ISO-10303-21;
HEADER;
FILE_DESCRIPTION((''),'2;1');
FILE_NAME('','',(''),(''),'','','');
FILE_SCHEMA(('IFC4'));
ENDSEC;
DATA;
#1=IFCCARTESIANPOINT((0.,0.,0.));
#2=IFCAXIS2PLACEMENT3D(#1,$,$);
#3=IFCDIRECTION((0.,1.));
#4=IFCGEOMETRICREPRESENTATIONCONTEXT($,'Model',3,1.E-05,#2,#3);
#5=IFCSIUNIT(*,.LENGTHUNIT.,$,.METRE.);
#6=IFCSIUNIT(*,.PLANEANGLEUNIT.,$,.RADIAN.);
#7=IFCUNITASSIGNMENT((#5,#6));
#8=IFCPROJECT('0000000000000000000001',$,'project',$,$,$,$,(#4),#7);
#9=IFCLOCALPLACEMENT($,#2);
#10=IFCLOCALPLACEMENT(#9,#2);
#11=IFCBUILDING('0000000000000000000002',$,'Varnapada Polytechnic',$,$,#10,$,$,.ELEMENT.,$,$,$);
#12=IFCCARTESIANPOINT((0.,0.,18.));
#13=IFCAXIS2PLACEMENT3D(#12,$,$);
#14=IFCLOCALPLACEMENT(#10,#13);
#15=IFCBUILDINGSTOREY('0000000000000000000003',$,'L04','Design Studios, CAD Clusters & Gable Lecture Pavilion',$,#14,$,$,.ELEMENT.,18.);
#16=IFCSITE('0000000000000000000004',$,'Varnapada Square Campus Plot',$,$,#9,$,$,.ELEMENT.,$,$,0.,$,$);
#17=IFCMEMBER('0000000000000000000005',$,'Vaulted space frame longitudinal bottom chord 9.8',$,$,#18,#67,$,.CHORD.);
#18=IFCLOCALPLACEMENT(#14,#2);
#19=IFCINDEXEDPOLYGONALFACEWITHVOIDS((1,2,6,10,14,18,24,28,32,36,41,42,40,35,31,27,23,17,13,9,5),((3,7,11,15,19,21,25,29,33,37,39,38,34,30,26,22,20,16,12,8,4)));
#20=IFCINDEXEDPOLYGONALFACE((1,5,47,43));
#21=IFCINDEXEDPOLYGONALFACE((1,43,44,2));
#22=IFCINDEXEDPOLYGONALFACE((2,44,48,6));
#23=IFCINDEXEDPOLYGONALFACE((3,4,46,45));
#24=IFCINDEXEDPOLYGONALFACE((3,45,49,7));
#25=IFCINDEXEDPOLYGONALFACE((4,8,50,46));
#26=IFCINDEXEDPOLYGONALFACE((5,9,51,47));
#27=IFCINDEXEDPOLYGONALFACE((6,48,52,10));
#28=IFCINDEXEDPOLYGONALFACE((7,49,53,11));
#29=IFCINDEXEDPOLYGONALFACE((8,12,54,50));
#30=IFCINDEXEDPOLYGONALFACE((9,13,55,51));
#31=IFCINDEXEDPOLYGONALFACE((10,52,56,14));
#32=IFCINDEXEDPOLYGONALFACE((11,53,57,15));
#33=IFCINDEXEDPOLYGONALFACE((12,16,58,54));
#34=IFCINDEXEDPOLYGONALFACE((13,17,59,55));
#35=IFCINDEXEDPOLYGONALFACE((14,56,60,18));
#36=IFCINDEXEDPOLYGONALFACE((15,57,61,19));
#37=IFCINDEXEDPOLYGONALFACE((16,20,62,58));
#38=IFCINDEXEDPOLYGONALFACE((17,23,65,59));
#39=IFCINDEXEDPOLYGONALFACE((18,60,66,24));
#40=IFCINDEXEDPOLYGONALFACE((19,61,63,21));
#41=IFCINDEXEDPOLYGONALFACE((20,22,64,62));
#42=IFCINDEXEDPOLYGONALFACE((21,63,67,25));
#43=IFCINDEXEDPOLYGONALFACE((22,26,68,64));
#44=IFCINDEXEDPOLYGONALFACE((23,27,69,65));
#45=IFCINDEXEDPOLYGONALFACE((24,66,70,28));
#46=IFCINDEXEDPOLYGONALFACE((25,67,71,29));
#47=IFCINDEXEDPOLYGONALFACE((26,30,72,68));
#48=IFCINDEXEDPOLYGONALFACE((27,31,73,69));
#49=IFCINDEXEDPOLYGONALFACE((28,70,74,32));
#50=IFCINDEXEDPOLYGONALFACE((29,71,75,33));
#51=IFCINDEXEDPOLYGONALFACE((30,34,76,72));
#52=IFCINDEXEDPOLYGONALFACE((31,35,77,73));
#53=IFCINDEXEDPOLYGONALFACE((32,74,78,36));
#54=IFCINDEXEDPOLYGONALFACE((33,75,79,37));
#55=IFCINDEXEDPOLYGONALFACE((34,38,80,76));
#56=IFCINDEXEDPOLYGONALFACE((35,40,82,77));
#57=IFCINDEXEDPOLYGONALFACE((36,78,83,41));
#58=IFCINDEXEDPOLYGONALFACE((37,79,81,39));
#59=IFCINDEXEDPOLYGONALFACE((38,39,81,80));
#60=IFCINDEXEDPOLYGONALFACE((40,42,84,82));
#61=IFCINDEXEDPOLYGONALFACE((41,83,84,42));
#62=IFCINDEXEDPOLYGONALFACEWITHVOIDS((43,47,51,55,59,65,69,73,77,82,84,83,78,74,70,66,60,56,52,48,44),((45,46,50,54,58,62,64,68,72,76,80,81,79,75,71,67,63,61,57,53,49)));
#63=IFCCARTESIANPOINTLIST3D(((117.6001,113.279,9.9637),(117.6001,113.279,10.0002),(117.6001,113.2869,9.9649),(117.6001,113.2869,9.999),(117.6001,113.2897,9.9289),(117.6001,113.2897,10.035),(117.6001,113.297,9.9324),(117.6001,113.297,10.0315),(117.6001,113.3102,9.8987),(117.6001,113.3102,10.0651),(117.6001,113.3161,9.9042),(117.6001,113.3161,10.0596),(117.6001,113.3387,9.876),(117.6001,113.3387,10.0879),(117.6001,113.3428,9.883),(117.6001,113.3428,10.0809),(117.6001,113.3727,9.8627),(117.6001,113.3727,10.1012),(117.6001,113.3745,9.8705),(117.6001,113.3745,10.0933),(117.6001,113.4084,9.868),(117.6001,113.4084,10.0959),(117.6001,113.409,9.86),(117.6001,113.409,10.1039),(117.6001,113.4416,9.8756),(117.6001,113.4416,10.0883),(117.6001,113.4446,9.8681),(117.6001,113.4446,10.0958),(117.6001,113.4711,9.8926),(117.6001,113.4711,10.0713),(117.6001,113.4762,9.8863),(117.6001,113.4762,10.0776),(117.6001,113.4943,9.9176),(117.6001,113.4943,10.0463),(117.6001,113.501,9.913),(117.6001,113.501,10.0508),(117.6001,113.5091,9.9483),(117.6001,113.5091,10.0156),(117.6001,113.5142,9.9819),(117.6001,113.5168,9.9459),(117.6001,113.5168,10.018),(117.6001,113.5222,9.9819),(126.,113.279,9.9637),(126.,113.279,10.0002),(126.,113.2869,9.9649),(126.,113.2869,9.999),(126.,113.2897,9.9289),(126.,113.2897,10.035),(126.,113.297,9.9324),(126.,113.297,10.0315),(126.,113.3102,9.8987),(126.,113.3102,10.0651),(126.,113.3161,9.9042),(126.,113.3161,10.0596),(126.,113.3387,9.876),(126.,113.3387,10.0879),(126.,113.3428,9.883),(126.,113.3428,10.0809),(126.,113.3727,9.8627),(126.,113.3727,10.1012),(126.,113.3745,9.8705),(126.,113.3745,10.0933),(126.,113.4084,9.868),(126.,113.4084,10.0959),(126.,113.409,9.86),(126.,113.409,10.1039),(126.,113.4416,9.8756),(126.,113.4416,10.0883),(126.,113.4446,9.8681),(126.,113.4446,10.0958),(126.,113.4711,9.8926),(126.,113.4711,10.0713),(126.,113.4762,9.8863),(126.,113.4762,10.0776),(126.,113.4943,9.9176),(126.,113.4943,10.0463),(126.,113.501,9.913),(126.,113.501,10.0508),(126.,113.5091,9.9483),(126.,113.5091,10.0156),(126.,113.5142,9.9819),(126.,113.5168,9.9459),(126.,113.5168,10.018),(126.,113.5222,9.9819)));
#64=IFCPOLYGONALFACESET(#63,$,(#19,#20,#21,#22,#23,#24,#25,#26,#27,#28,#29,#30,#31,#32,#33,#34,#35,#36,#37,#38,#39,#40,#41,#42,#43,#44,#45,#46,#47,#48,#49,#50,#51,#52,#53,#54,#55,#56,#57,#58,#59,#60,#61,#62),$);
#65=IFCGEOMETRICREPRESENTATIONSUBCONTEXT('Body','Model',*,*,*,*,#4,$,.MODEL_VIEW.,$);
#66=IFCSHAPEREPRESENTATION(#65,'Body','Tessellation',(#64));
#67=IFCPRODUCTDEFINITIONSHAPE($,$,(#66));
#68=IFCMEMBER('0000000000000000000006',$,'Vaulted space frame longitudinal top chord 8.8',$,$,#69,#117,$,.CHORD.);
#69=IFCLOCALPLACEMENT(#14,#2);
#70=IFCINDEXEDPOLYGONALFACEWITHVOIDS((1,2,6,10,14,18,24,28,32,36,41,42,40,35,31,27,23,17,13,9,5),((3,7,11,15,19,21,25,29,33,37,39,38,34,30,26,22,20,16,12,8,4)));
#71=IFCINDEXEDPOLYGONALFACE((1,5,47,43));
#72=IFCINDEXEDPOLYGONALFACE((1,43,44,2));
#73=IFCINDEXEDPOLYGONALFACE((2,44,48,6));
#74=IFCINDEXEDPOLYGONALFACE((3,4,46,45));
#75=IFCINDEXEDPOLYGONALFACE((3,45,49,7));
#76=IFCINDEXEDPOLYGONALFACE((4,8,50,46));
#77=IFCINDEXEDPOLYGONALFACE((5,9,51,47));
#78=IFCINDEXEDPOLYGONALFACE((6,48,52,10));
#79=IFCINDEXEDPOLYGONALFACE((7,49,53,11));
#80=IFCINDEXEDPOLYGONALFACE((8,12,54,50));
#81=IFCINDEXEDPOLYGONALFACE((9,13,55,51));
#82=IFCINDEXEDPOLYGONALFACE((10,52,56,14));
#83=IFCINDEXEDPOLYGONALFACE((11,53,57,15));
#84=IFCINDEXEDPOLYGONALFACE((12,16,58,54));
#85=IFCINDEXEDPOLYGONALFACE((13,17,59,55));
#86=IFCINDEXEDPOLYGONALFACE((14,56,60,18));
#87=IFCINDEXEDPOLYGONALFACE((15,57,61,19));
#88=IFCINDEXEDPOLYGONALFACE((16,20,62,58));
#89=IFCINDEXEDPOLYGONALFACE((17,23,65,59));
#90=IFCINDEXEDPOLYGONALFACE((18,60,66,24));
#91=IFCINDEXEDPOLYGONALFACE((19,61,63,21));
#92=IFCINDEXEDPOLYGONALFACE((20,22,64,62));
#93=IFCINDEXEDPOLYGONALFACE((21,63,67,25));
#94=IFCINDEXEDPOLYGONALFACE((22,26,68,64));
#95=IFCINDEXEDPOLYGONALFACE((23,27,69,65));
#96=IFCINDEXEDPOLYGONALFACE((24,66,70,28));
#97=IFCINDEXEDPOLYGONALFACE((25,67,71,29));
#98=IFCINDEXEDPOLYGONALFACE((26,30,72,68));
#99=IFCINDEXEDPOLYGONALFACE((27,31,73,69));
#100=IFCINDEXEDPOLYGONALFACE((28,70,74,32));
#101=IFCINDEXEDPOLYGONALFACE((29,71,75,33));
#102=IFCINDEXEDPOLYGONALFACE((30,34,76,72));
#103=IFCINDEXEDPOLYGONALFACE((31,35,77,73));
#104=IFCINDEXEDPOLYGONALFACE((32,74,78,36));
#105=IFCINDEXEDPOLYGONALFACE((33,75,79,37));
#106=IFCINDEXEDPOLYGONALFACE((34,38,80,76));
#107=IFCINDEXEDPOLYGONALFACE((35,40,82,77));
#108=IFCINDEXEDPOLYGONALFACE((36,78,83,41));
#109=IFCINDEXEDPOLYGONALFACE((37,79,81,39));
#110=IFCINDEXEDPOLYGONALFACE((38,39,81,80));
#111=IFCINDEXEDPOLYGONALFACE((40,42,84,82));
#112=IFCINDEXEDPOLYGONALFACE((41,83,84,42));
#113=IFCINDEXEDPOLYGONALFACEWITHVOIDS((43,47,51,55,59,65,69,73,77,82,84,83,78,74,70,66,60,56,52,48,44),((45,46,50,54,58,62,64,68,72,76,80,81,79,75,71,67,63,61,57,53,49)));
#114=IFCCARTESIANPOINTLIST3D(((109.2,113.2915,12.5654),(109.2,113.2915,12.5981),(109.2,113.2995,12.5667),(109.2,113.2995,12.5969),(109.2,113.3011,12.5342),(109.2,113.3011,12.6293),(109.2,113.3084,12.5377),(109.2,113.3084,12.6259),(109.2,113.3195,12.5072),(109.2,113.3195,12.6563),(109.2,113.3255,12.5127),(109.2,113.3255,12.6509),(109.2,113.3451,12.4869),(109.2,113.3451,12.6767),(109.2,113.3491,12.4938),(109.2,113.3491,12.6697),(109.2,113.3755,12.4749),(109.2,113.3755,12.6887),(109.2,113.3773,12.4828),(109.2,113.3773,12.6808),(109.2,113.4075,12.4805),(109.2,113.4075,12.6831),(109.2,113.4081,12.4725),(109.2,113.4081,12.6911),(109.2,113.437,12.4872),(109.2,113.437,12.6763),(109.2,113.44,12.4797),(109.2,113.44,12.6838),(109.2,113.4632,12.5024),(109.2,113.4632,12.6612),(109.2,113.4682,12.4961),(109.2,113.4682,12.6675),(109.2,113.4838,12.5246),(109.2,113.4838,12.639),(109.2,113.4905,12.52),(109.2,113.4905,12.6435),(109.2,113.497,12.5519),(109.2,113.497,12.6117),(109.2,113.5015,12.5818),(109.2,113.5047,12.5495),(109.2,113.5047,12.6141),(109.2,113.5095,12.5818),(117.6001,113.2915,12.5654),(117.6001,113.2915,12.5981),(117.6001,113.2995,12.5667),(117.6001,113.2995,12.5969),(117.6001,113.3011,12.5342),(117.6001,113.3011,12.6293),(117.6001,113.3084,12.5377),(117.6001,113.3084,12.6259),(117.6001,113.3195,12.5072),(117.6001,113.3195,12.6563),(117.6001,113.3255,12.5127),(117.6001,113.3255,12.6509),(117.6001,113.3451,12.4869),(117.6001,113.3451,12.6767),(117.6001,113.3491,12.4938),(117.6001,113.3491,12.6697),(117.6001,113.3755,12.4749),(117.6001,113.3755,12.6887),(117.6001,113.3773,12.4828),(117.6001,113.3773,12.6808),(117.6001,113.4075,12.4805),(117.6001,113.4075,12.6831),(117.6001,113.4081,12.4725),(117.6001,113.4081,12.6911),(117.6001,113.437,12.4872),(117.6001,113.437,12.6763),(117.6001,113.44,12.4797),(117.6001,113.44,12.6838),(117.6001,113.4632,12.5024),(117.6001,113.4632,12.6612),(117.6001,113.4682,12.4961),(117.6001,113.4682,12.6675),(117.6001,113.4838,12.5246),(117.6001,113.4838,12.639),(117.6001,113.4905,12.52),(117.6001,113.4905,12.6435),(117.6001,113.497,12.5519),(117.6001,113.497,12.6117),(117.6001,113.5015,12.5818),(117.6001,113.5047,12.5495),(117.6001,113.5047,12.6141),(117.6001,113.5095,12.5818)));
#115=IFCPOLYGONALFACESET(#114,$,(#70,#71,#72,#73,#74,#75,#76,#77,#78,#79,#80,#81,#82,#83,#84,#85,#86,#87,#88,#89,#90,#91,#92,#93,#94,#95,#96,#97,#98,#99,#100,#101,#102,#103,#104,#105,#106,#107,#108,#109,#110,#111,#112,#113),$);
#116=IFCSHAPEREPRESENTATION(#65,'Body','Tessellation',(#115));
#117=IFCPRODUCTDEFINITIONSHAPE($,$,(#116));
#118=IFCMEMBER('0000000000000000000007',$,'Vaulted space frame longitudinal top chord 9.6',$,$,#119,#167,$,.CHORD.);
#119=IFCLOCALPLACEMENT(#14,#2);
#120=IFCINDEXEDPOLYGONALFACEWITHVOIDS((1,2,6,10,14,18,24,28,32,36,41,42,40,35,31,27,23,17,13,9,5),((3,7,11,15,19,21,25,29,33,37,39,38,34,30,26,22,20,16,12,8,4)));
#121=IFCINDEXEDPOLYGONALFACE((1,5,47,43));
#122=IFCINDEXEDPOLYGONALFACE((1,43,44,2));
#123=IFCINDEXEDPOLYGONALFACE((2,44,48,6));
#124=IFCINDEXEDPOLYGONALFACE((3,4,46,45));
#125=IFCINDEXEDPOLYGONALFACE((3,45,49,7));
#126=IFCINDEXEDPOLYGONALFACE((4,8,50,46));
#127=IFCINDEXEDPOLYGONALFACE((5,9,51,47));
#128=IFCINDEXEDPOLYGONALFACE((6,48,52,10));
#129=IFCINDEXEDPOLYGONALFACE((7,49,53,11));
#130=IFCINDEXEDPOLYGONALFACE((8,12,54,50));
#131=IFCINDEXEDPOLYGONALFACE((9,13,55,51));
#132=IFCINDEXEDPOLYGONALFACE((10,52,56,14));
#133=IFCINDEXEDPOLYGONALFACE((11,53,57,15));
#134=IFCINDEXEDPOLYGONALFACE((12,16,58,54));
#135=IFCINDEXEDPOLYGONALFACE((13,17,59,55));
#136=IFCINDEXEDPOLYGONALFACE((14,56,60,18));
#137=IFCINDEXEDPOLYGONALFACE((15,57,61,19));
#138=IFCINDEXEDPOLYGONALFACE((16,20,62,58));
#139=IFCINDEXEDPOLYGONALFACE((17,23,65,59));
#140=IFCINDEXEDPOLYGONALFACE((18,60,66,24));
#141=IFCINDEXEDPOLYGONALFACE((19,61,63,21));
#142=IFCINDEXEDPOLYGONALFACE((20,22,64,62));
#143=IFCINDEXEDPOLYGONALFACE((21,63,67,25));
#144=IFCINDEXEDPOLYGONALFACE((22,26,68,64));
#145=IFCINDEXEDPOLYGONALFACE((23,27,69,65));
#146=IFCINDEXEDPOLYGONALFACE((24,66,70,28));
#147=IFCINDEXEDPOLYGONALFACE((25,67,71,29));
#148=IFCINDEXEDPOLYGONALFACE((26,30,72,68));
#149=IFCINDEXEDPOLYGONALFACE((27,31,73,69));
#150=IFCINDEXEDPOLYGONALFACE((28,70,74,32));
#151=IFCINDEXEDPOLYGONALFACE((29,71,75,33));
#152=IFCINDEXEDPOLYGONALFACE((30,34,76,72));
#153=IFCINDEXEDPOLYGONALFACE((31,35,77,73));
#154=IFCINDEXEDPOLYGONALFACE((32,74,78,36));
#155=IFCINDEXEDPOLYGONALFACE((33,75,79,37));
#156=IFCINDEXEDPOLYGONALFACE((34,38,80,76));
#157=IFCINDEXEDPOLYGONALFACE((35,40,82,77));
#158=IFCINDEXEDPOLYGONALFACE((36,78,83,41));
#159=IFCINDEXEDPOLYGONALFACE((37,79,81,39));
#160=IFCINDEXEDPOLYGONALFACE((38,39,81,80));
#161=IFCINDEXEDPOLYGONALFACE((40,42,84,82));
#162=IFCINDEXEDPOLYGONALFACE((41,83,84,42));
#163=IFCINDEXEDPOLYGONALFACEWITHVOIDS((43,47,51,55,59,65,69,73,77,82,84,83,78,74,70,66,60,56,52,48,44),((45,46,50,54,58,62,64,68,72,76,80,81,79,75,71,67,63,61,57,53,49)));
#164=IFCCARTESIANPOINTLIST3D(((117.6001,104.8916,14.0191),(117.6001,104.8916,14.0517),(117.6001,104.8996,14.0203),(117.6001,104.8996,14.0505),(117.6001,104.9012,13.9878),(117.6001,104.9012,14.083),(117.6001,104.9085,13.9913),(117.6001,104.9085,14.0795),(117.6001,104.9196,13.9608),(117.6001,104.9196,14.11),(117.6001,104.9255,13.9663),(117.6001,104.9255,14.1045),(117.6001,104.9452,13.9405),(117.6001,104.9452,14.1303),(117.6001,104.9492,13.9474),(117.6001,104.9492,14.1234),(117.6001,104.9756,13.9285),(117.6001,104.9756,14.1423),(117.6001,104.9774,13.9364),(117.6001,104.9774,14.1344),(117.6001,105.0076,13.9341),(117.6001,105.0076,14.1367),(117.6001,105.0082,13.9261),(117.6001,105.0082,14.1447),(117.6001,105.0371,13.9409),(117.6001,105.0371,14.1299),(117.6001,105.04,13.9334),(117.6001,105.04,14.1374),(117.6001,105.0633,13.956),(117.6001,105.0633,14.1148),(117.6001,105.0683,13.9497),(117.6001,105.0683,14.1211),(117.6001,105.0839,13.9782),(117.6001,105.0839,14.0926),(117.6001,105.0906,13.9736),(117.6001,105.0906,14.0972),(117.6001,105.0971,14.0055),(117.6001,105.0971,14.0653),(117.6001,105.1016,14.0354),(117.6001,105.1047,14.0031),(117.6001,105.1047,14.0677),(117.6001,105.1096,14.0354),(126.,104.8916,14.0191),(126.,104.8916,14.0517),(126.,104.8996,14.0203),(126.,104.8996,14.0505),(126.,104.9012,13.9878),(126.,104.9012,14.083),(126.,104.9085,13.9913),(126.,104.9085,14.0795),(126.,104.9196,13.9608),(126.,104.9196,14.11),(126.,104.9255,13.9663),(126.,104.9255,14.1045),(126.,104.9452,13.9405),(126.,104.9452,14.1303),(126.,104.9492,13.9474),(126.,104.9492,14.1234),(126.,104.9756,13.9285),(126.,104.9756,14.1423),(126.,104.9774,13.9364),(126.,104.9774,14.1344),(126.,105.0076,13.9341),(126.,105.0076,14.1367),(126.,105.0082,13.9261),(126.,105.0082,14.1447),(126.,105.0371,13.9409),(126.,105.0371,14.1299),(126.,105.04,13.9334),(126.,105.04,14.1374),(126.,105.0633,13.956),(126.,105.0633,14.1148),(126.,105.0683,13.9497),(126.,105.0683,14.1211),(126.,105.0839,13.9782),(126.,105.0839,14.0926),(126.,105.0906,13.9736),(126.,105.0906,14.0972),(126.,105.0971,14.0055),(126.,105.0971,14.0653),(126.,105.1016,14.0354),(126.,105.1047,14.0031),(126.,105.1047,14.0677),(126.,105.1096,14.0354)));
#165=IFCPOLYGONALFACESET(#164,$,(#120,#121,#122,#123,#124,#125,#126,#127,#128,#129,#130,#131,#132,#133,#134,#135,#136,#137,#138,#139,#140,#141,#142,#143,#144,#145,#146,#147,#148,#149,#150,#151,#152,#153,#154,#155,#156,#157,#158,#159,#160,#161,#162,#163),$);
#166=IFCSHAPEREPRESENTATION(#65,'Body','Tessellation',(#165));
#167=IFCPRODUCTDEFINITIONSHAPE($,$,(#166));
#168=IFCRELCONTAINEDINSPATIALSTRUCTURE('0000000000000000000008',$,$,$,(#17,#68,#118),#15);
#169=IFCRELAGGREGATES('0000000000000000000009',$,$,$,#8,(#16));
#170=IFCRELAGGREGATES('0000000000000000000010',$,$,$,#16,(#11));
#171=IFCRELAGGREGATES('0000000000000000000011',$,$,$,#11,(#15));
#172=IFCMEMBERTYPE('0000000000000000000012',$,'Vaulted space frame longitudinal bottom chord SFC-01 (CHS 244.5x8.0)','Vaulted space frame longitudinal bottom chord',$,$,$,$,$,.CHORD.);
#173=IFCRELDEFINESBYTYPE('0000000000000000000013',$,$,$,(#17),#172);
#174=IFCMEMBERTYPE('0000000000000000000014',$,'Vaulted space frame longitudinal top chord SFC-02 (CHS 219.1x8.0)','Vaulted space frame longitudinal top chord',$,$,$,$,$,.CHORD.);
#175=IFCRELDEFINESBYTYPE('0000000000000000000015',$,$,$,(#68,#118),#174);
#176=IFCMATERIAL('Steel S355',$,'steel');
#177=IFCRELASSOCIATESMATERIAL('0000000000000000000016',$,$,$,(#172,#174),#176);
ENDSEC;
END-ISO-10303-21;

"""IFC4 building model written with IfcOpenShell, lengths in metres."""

from ifc_helpers import new_model, si_unit, direction, frame, origin, origin_2d, place, context, subcontext, project, spatial, hollow_circle, extrude, material, material_profile, profile_set, type_object, element, save


model = new_model("IFC4")

# Units and contexts
model_context = context("Model", 3, precision=1e-05, world=origin(), true_north=direction((0.0, 1.0)))
body_context = subcontext(model_context, "Body", "Model", "MODEL_VIEW")
ifc_project = project(units=[si_unit("LENGTHUNIT", "METRE"), si_unit("PLANEANGLEUNIT", "RADIAN")], contexts=[model_context])

# Site, building, storey
site_placement = place(None, origin())
site = spatial("IfcSite", under=ifc_project, at=site_placement, Name="Varnapada Square Campus Plot", CompositionType="ELEMENT", RefElevation=0.0)
building_placement = place(site_placement, origin())
building = spatial("IfcBuilding", under=site, at=building_placement, Name="Varnapada Polytechnic", CompositionType="ELEMENT")
storey_placement = place(building_placement, frame((0.0, 0.0, 18.0)))
storey = spatial("IfcBuildingStorey", under=building, at=storey_placement, Name="L04", Description="Design Studios, CAD Clusters & Gable Lecture Pavilion", CompositionType="ELEMENT", Elevation=18.0)

# Members
ifc_material = material(Name="Steel S355", Category="steel")
ifc_material_profile_1 = material_profile(ifc_material, hollow_circle(Radius=0.1223, WallThickness=0.0081, at=origin_2d()), Name="CHS 244.5x8.0")
ifc_profile_set_1 = profile_set([ifc_material_profile_1], Name="Steel S355")
member_type_1 = type_object("IfcMemberType", Name="Vaulted space frame longitudinal bottom chord SFC-01 (CHS 244.5x8.0)", Description="Vaulted space frame longitudinal bottom chord", PredefinedType="CHORD", material=ifc_profile_set_1)
for number, where, z_axis, x_axis, name in (
    (1, (117.6001, 113.3999, 9.9819), (1.0, 0.0, 0.0), (0.0, 1.0, 0.0), "Vaulted space frame longitudinal bottom chord 9.8"),
):
    element("IfcMember", number, at=place(storey_placement, frame(where, z_axis=z_axis, x_axis=x_axis)), inside=storey, type_object=member_type_1, Name=name, PredefinedType="CHORD", context=body_context, shape_type="SweptSolid", body=[
        extrude(hollow_circle(Radius=0.1223, WallThickness=0.0081, at=origin_2d()), origin(), (0.0, 0.0, 1.0), 8.3999),
    ])
ifc_material_profile_2 = material_profile(ifc_material, hollow_circle(Radius=0.1096, WallThickness=0.0081, at=origin_2d()), Name="CHS 219.1x8.0")
ifc_profile_set_2 = profile_set([ifc_material_profile_2], Name="Steel S355")
member_type_2 = type_object("IfcMemberType", Name="Vaulted space frame longitudinal top chord SFC-02 (CHS 219.1x8.0)", Description="Vaulted space frame longitudinal top chord", PredefinedType="CHORD", material=ifc_profile_set_2)
member_1_placement = place(storey_placement, frame((109.2, 113.3999, 12.5818), z_axis=(1.0, 0.0, 0.0), x_axis=(0.0, 1.0, 0.0)))
element("IfcMember", 2, at=member_1_placement, inside=storey, type_object=member_type_2, Name="Vaulted space frame longitudinal top chord 8.8", PredefinedType="CHORD", context=body_context, shape_type="SweptSolid", body=[
    extrude(hollow_circle(Radius=0.1096, WallThickness=0.0081, at=origin_2d()), origin(), (0.0, 0.0, 1.0), 8.4001),
])
for number, where, z_axis, x_axis, name in (
    (3, (117.6001, 105.0, 14.0354), (1.0, 0.0, 0.0), (0.0, 1.0, 0.0), "Vaulted space frame longitudinal top chord 9.6"),
):
    element("IfcMember", number, at=place(storey_placement, frame(where, z_axis=z_axis, x_axis=x_axis)), inside=storey, type_object=member_type_2, Name=name, PredefinedType="CHORD", context=body_context, shape_type="SweptSolid", body=[
        extrude(hollow_circle(Radius=0.1096, WallThickness=0.0081, at=origin_2d()), origin(), (0.0, 0.0, 1.0), 8.3999),
    ])

save(model, "model.ifc")
